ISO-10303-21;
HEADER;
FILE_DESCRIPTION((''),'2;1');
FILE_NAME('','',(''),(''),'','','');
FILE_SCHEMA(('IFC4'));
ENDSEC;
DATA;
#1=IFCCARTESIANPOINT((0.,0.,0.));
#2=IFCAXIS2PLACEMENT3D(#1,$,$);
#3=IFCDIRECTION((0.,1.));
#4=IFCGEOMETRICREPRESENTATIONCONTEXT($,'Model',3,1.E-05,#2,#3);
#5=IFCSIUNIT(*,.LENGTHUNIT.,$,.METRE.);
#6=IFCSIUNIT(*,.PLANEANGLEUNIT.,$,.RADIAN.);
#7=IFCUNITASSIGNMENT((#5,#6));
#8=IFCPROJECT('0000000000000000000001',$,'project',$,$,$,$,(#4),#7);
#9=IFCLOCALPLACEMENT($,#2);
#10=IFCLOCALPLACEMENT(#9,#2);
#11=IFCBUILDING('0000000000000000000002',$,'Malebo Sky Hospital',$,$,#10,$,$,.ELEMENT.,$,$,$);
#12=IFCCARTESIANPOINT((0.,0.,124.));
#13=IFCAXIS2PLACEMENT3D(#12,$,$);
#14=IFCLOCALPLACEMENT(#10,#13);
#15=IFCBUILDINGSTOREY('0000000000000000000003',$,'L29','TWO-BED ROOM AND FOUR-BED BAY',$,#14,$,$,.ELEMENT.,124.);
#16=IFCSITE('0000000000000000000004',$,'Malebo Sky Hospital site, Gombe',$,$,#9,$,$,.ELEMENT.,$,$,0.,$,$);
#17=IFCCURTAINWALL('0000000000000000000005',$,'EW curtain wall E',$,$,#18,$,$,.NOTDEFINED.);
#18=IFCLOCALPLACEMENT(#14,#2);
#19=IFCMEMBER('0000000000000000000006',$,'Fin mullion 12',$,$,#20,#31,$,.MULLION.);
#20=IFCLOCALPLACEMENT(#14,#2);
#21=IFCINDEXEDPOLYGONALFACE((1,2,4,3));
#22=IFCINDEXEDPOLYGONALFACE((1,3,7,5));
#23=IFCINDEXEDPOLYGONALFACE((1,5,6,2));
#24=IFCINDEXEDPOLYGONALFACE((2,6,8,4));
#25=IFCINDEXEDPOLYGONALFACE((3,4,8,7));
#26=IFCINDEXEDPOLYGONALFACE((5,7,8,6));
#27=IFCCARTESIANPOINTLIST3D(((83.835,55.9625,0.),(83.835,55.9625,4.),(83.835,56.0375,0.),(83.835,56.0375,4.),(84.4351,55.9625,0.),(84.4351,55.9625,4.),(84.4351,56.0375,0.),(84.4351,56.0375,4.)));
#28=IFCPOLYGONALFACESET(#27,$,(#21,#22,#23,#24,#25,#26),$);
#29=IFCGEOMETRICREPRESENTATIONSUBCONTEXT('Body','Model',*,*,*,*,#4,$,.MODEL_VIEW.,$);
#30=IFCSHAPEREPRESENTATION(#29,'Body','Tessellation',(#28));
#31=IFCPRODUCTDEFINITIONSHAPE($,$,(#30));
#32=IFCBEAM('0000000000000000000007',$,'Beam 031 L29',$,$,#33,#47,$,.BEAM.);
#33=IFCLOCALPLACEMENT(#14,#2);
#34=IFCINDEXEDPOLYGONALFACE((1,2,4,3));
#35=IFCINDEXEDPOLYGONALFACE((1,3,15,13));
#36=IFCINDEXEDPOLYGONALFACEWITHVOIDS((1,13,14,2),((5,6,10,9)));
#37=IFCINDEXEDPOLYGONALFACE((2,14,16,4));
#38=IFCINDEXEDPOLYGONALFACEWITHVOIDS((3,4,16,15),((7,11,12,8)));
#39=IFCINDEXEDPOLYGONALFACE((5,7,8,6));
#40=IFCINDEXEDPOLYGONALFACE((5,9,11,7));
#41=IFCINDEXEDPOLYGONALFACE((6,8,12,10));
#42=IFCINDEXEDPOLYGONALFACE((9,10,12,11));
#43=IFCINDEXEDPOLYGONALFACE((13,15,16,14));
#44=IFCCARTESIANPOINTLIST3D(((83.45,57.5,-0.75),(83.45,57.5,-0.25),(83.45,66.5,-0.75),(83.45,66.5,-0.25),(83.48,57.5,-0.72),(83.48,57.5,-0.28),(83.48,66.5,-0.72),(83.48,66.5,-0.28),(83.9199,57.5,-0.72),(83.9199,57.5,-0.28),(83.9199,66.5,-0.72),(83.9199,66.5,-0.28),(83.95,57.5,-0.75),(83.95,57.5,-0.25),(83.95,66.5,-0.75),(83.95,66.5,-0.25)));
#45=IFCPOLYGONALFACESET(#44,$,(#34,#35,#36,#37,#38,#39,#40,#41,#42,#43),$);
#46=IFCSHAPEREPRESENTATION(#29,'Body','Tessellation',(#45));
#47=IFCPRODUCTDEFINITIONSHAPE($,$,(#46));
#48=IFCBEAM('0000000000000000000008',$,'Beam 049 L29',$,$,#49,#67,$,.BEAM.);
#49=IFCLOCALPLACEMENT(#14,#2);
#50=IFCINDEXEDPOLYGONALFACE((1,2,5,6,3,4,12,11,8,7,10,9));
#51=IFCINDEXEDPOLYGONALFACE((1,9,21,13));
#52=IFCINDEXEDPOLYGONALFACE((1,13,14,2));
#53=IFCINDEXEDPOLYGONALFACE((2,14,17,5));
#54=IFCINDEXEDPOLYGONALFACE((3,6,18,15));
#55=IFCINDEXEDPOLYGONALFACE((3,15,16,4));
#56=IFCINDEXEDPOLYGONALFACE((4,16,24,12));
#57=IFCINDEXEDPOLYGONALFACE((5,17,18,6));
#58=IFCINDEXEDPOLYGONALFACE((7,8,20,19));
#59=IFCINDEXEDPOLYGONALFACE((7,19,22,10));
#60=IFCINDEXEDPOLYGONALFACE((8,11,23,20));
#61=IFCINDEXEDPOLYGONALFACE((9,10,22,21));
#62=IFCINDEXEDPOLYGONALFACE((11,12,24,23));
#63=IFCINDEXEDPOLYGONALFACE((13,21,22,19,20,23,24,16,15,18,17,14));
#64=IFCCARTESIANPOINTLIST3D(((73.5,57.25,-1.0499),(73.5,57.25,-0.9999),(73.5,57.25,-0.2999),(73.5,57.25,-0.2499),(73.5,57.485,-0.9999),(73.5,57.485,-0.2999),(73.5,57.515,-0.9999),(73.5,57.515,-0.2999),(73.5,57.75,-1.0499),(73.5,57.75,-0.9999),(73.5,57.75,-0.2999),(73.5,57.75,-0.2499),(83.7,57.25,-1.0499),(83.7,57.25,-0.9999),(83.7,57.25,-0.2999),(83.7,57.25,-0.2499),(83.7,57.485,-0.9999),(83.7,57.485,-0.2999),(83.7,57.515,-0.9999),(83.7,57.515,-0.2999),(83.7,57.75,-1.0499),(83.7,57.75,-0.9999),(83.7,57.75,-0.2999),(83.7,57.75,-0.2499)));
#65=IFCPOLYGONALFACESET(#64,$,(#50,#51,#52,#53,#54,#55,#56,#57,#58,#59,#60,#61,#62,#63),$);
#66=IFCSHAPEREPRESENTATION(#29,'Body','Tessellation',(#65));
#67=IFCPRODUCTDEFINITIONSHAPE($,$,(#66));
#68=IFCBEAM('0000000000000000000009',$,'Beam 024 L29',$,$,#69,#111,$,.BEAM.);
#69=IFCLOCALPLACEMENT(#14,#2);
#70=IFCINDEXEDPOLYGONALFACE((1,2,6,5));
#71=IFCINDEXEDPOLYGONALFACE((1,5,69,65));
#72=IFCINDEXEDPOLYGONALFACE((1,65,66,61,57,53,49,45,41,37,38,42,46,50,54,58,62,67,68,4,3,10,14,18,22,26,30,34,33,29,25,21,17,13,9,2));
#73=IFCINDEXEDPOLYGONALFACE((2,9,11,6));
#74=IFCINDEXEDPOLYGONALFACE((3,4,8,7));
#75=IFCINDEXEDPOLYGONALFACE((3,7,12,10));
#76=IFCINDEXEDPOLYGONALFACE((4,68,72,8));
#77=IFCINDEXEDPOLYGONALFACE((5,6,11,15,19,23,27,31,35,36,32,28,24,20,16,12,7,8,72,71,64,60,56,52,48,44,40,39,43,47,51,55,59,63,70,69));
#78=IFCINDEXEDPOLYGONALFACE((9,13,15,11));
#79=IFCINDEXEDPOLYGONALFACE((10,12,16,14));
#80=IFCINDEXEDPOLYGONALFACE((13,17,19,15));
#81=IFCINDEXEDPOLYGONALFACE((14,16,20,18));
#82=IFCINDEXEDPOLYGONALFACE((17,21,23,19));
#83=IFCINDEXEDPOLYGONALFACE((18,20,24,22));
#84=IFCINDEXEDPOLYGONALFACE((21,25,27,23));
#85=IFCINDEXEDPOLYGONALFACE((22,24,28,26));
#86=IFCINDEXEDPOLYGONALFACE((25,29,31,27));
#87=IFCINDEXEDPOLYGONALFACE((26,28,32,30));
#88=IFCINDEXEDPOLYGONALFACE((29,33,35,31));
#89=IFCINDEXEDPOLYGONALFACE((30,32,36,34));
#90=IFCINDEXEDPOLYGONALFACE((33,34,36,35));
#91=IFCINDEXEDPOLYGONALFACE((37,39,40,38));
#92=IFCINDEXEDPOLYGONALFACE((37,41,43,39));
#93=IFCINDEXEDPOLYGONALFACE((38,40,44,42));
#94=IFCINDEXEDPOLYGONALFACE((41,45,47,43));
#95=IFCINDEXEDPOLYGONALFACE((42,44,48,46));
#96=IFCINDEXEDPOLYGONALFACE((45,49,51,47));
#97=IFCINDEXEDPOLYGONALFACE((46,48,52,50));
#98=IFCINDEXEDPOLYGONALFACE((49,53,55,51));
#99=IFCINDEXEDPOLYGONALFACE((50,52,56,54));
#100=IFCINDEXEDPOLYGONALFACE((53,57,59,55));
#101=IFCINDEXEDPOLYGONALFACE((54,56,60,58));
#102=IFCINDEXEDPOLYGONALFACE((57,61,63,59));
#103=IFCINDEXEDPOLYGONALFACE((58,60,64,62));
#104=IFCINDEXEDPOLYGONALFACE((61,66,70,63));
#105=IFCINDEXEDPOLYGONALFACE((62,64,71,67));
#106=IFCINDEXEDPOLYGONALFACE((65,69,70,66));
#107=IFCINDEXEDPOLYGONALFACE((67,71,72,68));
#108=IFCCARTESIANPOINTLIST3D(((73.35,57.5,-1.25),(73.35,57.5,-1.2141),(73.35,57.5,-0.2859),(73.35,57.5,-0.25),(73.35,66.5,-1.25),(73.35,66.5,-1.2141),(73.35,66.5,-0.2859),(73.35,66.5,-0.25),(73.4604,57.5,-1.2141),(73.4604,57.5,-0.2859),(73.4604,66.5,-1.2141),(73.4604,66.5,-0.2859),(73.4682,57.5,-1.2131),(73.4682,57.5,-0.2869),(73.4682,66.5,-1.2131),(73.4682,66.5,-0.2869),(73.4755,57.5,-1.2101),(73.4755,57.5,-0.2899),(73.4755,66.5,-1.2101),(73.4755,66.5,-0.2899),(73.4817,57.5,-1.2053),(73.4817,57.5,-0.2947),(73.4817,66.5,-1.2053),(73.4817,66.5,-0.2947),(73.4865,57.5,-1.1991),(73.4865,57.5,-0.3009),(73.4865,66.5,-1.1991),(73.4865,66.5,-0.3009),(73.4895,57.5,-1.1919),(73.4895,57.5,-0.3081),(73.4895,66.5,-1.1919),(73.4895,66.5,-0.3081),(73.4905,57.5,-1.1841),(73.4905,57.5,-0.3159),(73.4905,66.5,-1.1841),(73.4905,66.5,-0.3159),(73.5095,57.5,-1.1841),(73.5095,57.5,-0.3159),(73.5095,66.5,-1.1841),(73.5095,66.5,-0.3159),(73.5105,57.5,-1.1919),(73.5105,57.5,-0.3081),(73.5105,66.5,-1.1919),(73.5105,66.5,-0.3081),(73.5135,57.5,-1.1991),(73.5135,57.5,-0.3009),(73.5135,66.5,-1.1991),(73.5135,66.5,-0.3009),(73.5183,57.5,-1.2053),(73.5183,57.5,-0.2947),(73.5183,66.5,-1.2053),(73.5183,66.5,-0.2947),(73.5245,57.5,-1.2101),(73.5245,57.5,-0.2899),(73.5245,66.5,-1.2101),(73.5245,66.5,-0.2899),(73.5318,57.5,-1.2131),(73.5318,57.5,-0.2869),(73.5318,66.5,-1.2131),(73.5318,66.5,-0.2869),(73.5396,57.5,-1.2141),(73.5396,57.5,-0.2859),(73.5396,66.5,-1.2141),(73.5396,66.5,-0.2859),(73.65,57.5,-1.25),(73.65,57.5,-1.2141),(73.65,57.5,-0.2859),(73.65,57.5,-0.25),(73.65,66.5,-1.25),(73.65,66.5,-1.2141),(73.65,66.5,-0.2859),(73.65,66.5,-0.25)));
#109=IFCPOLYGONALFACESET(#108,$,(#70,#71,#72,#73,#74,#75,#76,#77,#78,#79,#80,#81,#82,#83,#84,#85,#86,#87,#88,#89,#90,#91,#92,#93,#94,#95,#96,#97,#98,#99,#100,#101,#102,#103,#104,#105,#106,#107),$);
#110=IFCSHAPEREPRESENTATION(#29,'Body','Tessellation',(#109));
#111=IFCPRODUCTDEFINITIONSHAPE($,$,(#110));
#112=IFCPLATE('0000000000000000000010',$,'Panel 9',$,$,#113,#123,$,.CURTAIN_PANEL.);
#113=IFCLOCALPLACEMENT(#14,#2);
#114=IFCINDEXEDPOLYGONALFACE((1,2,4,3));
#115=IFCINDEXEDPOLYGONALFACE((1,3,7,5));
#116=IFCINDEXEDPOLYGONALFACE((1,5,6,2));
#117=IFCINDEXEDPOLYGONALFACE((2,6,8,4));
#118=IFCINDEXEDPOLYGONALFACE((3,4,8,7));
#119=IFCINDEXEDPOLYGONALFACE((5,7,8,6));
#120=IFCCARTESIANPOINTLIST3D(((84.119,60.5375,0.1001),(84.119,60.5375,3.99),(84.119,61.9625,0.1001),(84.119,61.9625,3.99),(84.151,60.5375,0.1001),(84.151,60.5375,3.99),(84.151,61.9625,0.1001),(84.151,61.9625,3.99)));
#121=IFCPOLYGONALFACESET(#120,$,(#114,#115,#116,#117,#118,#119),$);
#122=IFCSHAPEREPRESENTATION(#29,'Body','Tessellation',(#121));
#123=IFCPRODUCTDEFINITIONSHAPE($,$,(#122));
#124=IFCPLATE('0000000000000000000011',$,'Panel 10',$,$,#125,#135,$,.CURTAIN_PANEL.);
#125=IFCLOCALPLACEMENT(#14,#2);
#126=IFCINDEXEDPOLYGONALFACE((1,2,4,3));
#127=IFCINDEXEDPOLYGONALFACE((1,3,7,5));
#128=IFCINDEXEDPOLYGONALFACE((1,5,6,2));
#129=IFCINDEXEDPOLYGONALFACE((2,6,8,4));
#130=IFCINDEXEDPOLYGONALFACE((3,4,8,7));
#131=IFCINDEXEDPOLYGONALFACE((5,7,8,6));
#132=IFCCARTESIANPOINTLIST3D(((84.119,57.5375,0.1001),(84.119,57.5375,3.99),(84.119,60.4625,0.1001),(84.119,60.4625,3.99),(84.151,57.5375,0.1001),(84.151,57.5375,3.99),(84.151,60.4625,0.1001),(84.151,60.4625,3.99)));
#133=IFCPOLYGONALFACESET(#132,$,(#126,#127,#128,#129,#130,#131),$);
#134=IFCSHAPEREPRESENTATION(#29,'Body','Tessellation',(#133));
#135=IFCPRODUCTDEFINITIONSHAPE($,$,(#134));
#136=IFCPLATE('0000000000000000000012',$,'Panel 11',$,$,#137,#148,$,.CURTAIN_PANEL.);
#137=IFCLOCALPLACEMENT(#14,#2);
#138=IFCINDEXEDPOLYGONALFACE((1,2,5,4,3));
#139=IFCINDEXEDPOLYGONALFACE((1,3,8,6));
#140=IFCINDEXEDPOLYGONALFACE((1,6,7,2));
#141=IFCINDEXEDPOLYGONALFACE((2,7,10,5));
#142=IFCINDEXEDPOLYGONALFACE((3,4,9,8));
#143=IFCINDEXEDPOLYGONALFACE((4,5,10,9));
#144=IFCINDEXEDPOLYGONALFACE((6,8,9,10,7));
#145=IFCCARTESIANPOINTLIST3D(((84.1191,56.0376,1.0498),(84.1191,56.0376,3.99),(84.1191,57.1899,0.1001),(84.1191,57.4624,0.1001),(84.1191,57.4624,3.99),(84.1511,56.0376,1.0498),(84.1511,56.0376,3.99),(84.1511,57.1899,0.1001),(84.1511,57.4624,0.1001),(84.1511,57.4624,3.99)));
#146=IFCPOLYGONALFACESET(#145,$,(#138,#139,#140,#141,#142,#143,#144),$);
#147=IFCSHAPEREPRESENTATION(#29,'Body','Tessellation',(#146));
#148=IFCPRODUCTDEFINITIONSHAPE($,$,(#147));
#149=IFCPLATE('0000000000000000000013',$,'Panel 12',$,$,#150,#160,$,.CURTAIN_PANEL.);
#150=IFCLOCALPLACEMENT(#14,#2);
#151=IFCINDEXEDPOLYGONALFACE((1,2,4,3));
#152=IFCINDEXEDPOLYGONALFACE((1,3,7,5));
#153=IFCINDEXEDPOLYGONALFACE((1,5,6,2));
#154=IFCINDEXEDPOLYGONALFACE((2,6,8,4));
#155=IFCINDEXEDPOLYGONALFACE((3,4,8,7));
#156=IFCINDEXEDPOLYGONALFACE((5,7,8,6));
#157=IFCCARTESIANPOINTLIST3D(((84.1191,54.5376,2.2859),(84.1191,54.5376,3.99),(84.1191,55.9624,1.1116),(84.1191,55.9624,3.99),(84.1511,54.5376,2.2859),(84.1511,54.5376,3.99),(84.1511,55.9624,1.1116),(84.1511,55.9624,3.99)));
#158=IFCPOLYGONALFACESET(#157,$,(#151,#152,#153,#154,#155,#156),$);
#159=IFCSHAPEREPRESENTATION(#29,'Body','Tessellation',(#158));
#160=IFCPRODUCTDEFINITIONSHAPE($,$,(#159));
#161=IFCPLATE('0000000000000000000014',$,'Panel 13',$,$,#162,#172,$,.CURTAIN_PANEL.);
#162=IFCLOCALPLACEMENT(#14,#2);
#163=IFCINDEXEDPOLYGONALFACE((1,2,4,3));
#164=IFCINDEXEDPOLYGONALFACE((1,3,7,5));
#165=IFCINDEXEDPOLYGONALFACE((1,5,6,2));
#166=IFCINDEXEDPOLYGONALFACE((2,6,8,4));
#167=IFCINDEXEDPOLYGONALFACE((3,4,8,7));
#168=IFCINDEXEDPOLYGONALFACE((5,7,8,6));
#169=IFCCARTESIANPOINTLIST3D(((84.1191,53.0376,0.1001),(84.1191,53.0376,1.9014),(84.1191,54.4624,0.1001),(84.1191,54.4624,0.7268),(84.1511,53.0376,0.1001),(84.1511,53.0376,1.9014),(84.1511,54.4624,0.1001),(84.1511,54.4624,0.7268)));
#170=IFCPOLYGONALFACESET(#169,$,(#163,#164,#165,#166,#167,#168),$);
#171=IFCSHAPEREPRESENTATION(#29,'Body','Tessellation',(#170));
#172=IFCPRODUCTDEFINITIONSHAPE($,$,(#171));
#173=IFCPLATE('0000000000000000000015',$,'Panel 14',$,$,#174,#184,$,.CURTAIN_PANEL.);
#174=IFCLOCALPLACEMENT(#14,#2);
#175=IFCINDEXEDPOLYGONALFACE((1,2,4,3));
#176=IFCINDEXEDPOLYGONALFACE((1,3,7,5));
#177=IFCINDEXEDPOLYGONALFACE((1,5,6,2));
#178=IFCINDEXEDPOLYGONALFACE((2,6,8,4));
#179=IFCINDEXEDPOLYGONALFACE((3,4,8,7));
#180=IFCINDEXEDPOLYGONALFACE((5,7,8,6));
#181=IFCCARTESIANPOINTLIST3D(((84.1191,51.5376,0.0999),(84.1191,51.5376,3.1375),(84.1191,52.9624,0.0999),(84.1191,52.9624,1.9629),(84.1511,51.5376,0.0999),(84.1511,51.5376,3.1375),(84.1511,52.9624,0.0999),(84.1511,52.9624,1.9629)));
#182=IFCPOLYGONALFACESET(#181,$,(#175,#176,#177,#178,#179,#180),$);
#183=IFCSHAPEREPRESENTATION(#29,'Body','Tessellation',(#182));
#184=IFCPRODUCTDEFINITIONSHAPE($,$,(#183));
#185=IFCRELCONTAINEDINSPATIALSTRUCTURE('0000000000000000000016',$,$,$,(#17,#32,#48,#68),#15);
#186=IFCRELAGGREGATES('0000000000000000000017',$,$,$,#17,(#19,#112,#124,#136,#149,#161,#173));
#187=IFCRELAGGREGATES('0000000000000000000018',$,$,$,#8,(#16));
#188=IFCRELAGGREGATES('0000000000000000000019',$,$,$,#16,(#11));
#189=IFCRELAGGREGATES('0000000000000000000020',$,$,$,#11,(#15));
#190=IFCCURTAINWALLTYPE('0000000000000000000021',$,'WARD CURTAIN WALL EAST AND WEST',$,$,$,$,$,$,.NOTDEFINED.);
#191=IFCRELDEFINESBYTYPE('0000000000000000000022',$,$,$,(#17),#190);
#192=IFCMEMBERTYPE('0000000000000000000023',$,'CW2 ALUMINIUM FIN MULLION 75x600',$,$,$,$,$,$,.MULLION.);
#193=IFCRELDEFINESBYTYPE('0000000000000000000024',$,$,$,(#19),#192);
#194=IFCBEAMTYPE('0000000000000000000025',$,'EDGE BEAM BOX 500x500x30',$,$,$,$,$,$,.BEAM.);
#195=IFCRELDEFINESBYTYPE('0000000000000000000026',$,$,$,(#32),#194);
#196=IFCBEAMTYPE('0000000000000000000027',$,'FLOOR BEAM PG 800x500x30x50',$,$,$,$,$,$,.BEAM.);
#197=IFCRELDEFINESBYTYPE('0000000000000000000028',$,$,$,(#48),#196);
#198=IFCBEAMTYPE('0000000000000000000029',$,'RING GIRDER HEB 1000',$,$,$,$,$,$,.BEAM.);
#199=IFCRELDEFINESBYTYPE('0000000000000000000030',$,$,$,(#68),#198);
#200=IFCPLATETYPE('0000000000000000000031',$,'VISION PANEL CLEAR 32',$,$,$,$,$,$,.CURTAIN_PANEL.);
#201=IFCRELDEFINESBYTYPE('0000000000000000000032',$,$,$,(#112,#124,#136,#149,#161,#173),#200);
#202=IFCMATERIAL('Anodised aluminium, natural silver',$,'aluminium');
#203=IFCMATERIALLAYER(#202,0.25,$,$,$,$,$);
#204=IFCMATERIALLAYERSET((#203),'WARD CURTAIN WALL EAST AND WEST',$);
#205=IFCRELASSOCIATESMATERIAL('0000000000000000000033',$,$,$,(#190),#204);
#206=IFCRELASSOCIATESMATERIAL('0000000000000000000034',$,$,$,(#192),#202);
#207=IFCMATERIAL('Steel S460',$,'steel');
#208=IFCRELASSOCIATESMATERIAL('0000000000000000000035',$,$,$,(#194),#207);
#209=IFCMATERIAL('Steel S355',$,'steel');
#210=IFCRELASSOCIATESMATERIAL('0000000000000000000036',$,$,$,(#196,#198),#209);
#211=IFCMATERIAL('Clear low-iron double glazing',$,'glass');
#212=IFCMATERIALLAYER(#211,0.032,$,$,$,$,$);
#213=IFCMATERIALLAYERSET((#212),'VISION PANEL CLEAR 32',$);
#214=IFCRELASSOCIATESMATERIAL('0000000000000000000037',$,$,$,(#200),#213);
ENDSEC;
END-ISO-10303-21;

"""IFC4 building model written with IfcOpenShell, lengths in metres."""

from ifc_helpers import new_model, si_unit, direction, frame, origin, origin_2d, place, context, subcontext, project, spatial, polyline, rectangle, hollow_rectangle, i_section, outline, extrude, material, layer, layer_set, material_profile, profile_set, type_object, element, aggregate, save


model = new_model("IFC4")

# Units and contexts
model_context = context("Model", 3, precision=1e-05, world=origin(), true_north=direction((0.0, 1.0)))
body_context = subcontext(model_context, "Body", "Model", "MODEL_VIEW")
ifc_project = project(units=[si_unit("LENGTHUNIT", "METRE"), si_unit("PLANEANGLEUNIT", "RADIAN")], contexts=[model_context])

# Site, building, storey
site_placement = place(None, origin())
site = spatial("IfcSite", under=ifc_project, at=site_placement, Name="Malebo Sky Hospital site, Gombe", CompositionType="ELEMENT", RefElevation=0.0)
building_placement = place(site_placement, origin())
building = spatial("IfcBuilding", under=site, at=building_placement, Name="Malebo Sky Hospital", CompositionType="ELEMENT")
storey_placement = place(building_placement, frame((0.0, 0.0, 124.0)))
storey = spatial("IfcBuildingStorey", under=building, at=storey_placement, Name="L29", Description="TWO-BED ROOM AND FOUR-BED BAY", CompositionType="ELEMENT", Elevation=124.0)

# Shared definitions
ifc_material_1 = material(Name="Steel S460", Category="steel")

# Curtain wall
ifc_material_2 = material(Name="Anodised aluminium, natural silver", Category="aluminium")
ifc_layer_1 = layer(ifc_material_2, 0.25)
ifc_layer_set_1 = layer_set([ifc_layer_1], Name="WARD CURTAIN WALL EAST AND WEST")
curtain_wall_type = type_object("IfcCurtainWallType", Name="WARD CURTAIN WALL EAST AND WEST", PredefinedType="NOTDEFINED", material=ifc_layer_set_1)
curtain_wall_placement = place(storey_placement, origin())
curtain_wall = element("IfcCurtainWall", 1, at=curtain_wall_placement, inside=storey, type_object=curtain_wall_type, Name="EW curtain wall E", PredefinedType="NOTDEFINED")

# Member
ifc_material_3 = material(Name="Steel S355", Category="steel")
ifc_material_profile_1 = material_profile(ifc_material_2, rectangle(XDim=0.075, YDim=0.6001, at=origin_2d()), Name="CW2 ALUMINIUM FIN MULLION 75x600")
ifc_profile_set_1 = profile_set([ifc_material_profile_1], Name="Anodised aluminium, natural silver")
member_type_1 = type_object("IfcMemberType", Name="CW2 ALUMINIUM FIN MULLION 75x600", PredefinedType="MULLION", material=ifc_profile_set_1)
member_1_placement = place(storey_placement, frame((84.135, 56.0, 0.0), z_axis=(0.0, 0.0, 1.0), x_axis=(0.0, -1.0, 0.0)))
member_1 = element("IfcMember", 2, at=member_1_placement, type_object=member_type_1, Name="Fin mullion 12", PredefinedType="MULLION", context=body_context, shape_type="SweptSolid", body=[
    extrude(rectangle(XDim=0.075, YDim=0.6001, at=origin_2d()), origin(), (0.0, 0.0, 1.0), 4.0),
])

# Beams
ifc_material_profile_2 = material_profile(ifc_material_1, hollow_rectangle(XDim=0.5, YDim=0.5, WallThickness=0.03, at=origin_2d()), Name="BOX 500x500x30")
ifc_profile_set_2 = profile_set([ifc_material_profile_2], Name="Steel S460")
beam_type_1 = type_object("IfcBeamType", Name="EDGE BEAM BOX 500x500x30", PredefinedType="BEAM", material=ifc_profile_set_2)
beam_1_placement = place(storey_placement, frame((83.7, 57.5, -0.5), z_axis=(0.0, 1.0, 0.0), x_axis=(-1.0, 0.0, 0.0)))
element("IfcBeam", 3, at=beam_1_placement, inside=storey, type_object=beam_type_1, Name="Beam 031 L29", PredefinedType="BEAM", context=body_context, shape_type="SweptSolid", body=[
    extrude(hollow_rectangle(XDim=0.5, YDim=0.5, WallThickness=0.03, at=origin_2d()), origin(), (0.0, 0.0, 1.0), 9.0),
])
ifc_material_profile_3 = material_profile(ifc_material_3, i_section(OverallWidth=0.5, OverallDepth=0.8, WebThickness=0.03, FlangeThickness=0.05, at=origin_2d()), Name="PG 800x500x30x50")
ifc_profile_set_3 = profile_set([ifc_material_profile_3], Name="Steel S355")
beam_type_2 = type_object("IfcBeamType", Name="FLOOR BEAM PG 800x500x30x50", PredefinedType="BEAM", material=ifc_profile_set_3)
beam_2_placement = place(storey_placement, frame((73.5, 57.5, -0.6499), z_axis=(1.0, 0.0, 0.0), x_axis=(0.0, 1.0, 0.0)))
element("IfcBeam", 4, at=beam_2_placement, inside=storey, type_object=beam_type_2, Name="Beam 049 L29", PredefinedType="BEAM", context=body_context, shape_type="SweptSolid", body=[
    extrude(i_section(OverallWidth=0.5, OverallDepth=0.8, WebThickness=0.03, FlangeThickness=0.05, at=origin_2d()), origin(), (0.0, 0.0, 1.0), 10.2),
])
ifc_material_profile_4 = material_profile(ifc_material_3, i_section(OverallWidth=0.3, OverallDepth=1.0, WebThickness=0.019, FlangeThickness=0.0359, FilletRadius=0.03, at=origin_2d()), Name="HEB 1000")
ifc_profile_set_4 = profile_set([ifc_material_profile_4], Name="Steel S355")
beam_type_3 = type_object("IfcBeamType", Name="RING GIRDER HEB 1000", PredefinedType="BEAM", material=ifc_profile_set_4)
beam_3_placement = place(storey_placement, frame((73.5, 57.5, -0.75), z_axis=(0.0, 1.0, 0.0), x_axis=(-1.0, 0.0, 0.0)))
element("IfcBeam", 5, at=beam_3_placement, inside=storey, type_object=beam_type_3, Name="Beam 024 L29", PredefinedType="BEAM", context=body_context, shape_type="SweptSolid", body=[
    extrude(i_section(OverallWidth=0.3, OverallDepth=1.0, WebThickness=0.019, FlangeThickness=0.0359, FilletRadius=0.03, at=origin_2d()), origin(), (0.0, 0.0, 1.0), 9.0),
])

# Plates
ifc_material_4 = material(Name="Clear low-iron double glazing", Category="glass")
ifc_layer_2 = layer(ifc_material_4, 0.032)
ifc_layer_set_2 = layer_set([ifc_layer_2], Name="VISION PANEL CLEAR 32")
plate_type = type_object("IfcPlateType", Name="VISION PANEL CLEAR 32", PredefinedType="CURTAIN_PANEL", material=ifc_layer_set_2)
plate_1_placement = place(storey_placement, frame((84.135, 61.25, 0.1001), z_axis=(0.0, 0.0, 1.0), x_axis=(0.0, -1.0, 0.0)))
plate_1 = element("IfcPlate", 6, at=plate_1_placement, type_object=plate_type, Name="Panel 9", PredefinedType="CURTAIN_PANEL", context=body_context, shape_type="SweptSolid", body=[
    extrude(rectangle(XDim=1.425, YDim=0.032, at=origin_2d()), origin(), (0.0, 0.0, 1.0), 3.8899),
])
plate_2_placement = place(storey_placement, frame((84.135, 59.0, 0.1001), z_axis=(0.0, 0.0, 1.0), x_axis=(0.0, -1.0, 0.0)))
plate_2 = element("IfcPlate", 7, at=plate_2_placement, type_object=plate_type, Name="Panel 10", PredefinedType="CURTAIN_PANEL", context=body_context, shape_type="SweptSolid", body=[
    extrude(rectangle(XDim=2.925, YDim=0.032, at=origin_2d()), origin(), (0.0, 0.0, 1.0), 3.8899),
])
plate_3_placement = place(storey_placement, frame((84.135, 56.75, 0.1001), z_axis=(0.0, 0.0, 1.0), x_axis=(0.0, -1.0, 0.0)))
plate_3 = element("IfcPlate", 8, at=plate_3_placement, type_object=plate_type, Name="Panel 11", PredefinedType="CURTAIN_PANEL", context=body_context, shape_type="SweptSolid", body=[
    extrude(outline(polyline([(-0.7124, 0.0), (-0.4399, 0.0), (0.7124, 0.9497), (0.7124, 3.8899), (-0.7124, 3.8899), (-0.7124, 0.0)])), frame((0.0, 0.0161, 0.0), z_axis=(0.0, -1.0, 0.0), x_axis=(1.0, 0.0, 0.0)), (0.0, 0.0, 1.0), 0.032),
])
plate_4_placement = place(storey_placement, frame((84.135, 55.25, 1.1116), z_axis=(0.0, 0.0, 1.0), x_axis=(0.0, -1.0, 0.0)))
plate_4 = element("IfcPlate", 9, at=plate_4_placement, type_object=plate_type, Name="Panel 12", PredefinedType="CURTAIN_PANEL", context=body_context, shape_type="SweptSolid", body=[
    extrude(outline(polyline([(-0.7124, 0.0), (0.7124, 1.1743), (0.7124, 2.8784), (-0.7124, 2.8784), (-0.7124, 0.0)])), frame((0.0, 0.0161, 0.0), z_axis=(0.0, -1.0, 0.0), x_axis=(1.0, 0.0, 0.0)), (0.0, 0.0, 1.0), 0.032),
])
plate_5_placement = place(storey_placement, frame((84.135, 53.75, 0.1001), z_axis=(0.0, 0.0, 1.0), x_axis=(0.0, -1.0, 0.0)))
plate_5 = element("IfcPlate", 10, at=plate_5_placement, type_object=plate_type, Name="Panel 13", PredefinedType="CURTAIN_PANEL", context=body_context, shape_type="SweptSolid", body=[
    extrude(outline(polyline([(-0.7124, 0.0), (0.7124, 0.0), (0.7124, 1.8013), (-0.7124, 0.6267), (-0.7124, 0.0)])), frame((0.0, 0.0161, 0.0), z_axis=(0.0, -1.0, 0.0), x_axis=(1.0, 0.0, 0.0)), (0.0, 0.0, 1.0), 0.032),
])
plate_6_placement = place(storey_placement, frame((84.135, 52.25, 0.0999), z_axis=(0.0, 0.0, 1.0), x_axis=(0.0, -1.0, 0.0)))
plate_6 = element("IfcPlate", 11, at=plate_6_placement, type_object=plate_type, Name="Panel 14", PredefinedType="CURTAIN_PANEL", context=body_context, shape_type="SweptSolid", body=[
    extrude(outline(polyline([(-0.7124, 0.0), (0.7124, 0.0), (0.7124, 3.0376), (-0.7124, 1.863), (-0.7124, 0.0)])), frame((0.0, 0.0161, 0.0), z_axis=(0.0, -1.0, 0.0), x_axis=(1.0, 0.0, 0.0)), (0.0, 0.0, 1.0), 0.032),
])
aggregate(curtain_wall, [member_1, plate_1, plate_2, plate_3, plate_4, plate_5, plate_6])

save(model, "model.ifc")
